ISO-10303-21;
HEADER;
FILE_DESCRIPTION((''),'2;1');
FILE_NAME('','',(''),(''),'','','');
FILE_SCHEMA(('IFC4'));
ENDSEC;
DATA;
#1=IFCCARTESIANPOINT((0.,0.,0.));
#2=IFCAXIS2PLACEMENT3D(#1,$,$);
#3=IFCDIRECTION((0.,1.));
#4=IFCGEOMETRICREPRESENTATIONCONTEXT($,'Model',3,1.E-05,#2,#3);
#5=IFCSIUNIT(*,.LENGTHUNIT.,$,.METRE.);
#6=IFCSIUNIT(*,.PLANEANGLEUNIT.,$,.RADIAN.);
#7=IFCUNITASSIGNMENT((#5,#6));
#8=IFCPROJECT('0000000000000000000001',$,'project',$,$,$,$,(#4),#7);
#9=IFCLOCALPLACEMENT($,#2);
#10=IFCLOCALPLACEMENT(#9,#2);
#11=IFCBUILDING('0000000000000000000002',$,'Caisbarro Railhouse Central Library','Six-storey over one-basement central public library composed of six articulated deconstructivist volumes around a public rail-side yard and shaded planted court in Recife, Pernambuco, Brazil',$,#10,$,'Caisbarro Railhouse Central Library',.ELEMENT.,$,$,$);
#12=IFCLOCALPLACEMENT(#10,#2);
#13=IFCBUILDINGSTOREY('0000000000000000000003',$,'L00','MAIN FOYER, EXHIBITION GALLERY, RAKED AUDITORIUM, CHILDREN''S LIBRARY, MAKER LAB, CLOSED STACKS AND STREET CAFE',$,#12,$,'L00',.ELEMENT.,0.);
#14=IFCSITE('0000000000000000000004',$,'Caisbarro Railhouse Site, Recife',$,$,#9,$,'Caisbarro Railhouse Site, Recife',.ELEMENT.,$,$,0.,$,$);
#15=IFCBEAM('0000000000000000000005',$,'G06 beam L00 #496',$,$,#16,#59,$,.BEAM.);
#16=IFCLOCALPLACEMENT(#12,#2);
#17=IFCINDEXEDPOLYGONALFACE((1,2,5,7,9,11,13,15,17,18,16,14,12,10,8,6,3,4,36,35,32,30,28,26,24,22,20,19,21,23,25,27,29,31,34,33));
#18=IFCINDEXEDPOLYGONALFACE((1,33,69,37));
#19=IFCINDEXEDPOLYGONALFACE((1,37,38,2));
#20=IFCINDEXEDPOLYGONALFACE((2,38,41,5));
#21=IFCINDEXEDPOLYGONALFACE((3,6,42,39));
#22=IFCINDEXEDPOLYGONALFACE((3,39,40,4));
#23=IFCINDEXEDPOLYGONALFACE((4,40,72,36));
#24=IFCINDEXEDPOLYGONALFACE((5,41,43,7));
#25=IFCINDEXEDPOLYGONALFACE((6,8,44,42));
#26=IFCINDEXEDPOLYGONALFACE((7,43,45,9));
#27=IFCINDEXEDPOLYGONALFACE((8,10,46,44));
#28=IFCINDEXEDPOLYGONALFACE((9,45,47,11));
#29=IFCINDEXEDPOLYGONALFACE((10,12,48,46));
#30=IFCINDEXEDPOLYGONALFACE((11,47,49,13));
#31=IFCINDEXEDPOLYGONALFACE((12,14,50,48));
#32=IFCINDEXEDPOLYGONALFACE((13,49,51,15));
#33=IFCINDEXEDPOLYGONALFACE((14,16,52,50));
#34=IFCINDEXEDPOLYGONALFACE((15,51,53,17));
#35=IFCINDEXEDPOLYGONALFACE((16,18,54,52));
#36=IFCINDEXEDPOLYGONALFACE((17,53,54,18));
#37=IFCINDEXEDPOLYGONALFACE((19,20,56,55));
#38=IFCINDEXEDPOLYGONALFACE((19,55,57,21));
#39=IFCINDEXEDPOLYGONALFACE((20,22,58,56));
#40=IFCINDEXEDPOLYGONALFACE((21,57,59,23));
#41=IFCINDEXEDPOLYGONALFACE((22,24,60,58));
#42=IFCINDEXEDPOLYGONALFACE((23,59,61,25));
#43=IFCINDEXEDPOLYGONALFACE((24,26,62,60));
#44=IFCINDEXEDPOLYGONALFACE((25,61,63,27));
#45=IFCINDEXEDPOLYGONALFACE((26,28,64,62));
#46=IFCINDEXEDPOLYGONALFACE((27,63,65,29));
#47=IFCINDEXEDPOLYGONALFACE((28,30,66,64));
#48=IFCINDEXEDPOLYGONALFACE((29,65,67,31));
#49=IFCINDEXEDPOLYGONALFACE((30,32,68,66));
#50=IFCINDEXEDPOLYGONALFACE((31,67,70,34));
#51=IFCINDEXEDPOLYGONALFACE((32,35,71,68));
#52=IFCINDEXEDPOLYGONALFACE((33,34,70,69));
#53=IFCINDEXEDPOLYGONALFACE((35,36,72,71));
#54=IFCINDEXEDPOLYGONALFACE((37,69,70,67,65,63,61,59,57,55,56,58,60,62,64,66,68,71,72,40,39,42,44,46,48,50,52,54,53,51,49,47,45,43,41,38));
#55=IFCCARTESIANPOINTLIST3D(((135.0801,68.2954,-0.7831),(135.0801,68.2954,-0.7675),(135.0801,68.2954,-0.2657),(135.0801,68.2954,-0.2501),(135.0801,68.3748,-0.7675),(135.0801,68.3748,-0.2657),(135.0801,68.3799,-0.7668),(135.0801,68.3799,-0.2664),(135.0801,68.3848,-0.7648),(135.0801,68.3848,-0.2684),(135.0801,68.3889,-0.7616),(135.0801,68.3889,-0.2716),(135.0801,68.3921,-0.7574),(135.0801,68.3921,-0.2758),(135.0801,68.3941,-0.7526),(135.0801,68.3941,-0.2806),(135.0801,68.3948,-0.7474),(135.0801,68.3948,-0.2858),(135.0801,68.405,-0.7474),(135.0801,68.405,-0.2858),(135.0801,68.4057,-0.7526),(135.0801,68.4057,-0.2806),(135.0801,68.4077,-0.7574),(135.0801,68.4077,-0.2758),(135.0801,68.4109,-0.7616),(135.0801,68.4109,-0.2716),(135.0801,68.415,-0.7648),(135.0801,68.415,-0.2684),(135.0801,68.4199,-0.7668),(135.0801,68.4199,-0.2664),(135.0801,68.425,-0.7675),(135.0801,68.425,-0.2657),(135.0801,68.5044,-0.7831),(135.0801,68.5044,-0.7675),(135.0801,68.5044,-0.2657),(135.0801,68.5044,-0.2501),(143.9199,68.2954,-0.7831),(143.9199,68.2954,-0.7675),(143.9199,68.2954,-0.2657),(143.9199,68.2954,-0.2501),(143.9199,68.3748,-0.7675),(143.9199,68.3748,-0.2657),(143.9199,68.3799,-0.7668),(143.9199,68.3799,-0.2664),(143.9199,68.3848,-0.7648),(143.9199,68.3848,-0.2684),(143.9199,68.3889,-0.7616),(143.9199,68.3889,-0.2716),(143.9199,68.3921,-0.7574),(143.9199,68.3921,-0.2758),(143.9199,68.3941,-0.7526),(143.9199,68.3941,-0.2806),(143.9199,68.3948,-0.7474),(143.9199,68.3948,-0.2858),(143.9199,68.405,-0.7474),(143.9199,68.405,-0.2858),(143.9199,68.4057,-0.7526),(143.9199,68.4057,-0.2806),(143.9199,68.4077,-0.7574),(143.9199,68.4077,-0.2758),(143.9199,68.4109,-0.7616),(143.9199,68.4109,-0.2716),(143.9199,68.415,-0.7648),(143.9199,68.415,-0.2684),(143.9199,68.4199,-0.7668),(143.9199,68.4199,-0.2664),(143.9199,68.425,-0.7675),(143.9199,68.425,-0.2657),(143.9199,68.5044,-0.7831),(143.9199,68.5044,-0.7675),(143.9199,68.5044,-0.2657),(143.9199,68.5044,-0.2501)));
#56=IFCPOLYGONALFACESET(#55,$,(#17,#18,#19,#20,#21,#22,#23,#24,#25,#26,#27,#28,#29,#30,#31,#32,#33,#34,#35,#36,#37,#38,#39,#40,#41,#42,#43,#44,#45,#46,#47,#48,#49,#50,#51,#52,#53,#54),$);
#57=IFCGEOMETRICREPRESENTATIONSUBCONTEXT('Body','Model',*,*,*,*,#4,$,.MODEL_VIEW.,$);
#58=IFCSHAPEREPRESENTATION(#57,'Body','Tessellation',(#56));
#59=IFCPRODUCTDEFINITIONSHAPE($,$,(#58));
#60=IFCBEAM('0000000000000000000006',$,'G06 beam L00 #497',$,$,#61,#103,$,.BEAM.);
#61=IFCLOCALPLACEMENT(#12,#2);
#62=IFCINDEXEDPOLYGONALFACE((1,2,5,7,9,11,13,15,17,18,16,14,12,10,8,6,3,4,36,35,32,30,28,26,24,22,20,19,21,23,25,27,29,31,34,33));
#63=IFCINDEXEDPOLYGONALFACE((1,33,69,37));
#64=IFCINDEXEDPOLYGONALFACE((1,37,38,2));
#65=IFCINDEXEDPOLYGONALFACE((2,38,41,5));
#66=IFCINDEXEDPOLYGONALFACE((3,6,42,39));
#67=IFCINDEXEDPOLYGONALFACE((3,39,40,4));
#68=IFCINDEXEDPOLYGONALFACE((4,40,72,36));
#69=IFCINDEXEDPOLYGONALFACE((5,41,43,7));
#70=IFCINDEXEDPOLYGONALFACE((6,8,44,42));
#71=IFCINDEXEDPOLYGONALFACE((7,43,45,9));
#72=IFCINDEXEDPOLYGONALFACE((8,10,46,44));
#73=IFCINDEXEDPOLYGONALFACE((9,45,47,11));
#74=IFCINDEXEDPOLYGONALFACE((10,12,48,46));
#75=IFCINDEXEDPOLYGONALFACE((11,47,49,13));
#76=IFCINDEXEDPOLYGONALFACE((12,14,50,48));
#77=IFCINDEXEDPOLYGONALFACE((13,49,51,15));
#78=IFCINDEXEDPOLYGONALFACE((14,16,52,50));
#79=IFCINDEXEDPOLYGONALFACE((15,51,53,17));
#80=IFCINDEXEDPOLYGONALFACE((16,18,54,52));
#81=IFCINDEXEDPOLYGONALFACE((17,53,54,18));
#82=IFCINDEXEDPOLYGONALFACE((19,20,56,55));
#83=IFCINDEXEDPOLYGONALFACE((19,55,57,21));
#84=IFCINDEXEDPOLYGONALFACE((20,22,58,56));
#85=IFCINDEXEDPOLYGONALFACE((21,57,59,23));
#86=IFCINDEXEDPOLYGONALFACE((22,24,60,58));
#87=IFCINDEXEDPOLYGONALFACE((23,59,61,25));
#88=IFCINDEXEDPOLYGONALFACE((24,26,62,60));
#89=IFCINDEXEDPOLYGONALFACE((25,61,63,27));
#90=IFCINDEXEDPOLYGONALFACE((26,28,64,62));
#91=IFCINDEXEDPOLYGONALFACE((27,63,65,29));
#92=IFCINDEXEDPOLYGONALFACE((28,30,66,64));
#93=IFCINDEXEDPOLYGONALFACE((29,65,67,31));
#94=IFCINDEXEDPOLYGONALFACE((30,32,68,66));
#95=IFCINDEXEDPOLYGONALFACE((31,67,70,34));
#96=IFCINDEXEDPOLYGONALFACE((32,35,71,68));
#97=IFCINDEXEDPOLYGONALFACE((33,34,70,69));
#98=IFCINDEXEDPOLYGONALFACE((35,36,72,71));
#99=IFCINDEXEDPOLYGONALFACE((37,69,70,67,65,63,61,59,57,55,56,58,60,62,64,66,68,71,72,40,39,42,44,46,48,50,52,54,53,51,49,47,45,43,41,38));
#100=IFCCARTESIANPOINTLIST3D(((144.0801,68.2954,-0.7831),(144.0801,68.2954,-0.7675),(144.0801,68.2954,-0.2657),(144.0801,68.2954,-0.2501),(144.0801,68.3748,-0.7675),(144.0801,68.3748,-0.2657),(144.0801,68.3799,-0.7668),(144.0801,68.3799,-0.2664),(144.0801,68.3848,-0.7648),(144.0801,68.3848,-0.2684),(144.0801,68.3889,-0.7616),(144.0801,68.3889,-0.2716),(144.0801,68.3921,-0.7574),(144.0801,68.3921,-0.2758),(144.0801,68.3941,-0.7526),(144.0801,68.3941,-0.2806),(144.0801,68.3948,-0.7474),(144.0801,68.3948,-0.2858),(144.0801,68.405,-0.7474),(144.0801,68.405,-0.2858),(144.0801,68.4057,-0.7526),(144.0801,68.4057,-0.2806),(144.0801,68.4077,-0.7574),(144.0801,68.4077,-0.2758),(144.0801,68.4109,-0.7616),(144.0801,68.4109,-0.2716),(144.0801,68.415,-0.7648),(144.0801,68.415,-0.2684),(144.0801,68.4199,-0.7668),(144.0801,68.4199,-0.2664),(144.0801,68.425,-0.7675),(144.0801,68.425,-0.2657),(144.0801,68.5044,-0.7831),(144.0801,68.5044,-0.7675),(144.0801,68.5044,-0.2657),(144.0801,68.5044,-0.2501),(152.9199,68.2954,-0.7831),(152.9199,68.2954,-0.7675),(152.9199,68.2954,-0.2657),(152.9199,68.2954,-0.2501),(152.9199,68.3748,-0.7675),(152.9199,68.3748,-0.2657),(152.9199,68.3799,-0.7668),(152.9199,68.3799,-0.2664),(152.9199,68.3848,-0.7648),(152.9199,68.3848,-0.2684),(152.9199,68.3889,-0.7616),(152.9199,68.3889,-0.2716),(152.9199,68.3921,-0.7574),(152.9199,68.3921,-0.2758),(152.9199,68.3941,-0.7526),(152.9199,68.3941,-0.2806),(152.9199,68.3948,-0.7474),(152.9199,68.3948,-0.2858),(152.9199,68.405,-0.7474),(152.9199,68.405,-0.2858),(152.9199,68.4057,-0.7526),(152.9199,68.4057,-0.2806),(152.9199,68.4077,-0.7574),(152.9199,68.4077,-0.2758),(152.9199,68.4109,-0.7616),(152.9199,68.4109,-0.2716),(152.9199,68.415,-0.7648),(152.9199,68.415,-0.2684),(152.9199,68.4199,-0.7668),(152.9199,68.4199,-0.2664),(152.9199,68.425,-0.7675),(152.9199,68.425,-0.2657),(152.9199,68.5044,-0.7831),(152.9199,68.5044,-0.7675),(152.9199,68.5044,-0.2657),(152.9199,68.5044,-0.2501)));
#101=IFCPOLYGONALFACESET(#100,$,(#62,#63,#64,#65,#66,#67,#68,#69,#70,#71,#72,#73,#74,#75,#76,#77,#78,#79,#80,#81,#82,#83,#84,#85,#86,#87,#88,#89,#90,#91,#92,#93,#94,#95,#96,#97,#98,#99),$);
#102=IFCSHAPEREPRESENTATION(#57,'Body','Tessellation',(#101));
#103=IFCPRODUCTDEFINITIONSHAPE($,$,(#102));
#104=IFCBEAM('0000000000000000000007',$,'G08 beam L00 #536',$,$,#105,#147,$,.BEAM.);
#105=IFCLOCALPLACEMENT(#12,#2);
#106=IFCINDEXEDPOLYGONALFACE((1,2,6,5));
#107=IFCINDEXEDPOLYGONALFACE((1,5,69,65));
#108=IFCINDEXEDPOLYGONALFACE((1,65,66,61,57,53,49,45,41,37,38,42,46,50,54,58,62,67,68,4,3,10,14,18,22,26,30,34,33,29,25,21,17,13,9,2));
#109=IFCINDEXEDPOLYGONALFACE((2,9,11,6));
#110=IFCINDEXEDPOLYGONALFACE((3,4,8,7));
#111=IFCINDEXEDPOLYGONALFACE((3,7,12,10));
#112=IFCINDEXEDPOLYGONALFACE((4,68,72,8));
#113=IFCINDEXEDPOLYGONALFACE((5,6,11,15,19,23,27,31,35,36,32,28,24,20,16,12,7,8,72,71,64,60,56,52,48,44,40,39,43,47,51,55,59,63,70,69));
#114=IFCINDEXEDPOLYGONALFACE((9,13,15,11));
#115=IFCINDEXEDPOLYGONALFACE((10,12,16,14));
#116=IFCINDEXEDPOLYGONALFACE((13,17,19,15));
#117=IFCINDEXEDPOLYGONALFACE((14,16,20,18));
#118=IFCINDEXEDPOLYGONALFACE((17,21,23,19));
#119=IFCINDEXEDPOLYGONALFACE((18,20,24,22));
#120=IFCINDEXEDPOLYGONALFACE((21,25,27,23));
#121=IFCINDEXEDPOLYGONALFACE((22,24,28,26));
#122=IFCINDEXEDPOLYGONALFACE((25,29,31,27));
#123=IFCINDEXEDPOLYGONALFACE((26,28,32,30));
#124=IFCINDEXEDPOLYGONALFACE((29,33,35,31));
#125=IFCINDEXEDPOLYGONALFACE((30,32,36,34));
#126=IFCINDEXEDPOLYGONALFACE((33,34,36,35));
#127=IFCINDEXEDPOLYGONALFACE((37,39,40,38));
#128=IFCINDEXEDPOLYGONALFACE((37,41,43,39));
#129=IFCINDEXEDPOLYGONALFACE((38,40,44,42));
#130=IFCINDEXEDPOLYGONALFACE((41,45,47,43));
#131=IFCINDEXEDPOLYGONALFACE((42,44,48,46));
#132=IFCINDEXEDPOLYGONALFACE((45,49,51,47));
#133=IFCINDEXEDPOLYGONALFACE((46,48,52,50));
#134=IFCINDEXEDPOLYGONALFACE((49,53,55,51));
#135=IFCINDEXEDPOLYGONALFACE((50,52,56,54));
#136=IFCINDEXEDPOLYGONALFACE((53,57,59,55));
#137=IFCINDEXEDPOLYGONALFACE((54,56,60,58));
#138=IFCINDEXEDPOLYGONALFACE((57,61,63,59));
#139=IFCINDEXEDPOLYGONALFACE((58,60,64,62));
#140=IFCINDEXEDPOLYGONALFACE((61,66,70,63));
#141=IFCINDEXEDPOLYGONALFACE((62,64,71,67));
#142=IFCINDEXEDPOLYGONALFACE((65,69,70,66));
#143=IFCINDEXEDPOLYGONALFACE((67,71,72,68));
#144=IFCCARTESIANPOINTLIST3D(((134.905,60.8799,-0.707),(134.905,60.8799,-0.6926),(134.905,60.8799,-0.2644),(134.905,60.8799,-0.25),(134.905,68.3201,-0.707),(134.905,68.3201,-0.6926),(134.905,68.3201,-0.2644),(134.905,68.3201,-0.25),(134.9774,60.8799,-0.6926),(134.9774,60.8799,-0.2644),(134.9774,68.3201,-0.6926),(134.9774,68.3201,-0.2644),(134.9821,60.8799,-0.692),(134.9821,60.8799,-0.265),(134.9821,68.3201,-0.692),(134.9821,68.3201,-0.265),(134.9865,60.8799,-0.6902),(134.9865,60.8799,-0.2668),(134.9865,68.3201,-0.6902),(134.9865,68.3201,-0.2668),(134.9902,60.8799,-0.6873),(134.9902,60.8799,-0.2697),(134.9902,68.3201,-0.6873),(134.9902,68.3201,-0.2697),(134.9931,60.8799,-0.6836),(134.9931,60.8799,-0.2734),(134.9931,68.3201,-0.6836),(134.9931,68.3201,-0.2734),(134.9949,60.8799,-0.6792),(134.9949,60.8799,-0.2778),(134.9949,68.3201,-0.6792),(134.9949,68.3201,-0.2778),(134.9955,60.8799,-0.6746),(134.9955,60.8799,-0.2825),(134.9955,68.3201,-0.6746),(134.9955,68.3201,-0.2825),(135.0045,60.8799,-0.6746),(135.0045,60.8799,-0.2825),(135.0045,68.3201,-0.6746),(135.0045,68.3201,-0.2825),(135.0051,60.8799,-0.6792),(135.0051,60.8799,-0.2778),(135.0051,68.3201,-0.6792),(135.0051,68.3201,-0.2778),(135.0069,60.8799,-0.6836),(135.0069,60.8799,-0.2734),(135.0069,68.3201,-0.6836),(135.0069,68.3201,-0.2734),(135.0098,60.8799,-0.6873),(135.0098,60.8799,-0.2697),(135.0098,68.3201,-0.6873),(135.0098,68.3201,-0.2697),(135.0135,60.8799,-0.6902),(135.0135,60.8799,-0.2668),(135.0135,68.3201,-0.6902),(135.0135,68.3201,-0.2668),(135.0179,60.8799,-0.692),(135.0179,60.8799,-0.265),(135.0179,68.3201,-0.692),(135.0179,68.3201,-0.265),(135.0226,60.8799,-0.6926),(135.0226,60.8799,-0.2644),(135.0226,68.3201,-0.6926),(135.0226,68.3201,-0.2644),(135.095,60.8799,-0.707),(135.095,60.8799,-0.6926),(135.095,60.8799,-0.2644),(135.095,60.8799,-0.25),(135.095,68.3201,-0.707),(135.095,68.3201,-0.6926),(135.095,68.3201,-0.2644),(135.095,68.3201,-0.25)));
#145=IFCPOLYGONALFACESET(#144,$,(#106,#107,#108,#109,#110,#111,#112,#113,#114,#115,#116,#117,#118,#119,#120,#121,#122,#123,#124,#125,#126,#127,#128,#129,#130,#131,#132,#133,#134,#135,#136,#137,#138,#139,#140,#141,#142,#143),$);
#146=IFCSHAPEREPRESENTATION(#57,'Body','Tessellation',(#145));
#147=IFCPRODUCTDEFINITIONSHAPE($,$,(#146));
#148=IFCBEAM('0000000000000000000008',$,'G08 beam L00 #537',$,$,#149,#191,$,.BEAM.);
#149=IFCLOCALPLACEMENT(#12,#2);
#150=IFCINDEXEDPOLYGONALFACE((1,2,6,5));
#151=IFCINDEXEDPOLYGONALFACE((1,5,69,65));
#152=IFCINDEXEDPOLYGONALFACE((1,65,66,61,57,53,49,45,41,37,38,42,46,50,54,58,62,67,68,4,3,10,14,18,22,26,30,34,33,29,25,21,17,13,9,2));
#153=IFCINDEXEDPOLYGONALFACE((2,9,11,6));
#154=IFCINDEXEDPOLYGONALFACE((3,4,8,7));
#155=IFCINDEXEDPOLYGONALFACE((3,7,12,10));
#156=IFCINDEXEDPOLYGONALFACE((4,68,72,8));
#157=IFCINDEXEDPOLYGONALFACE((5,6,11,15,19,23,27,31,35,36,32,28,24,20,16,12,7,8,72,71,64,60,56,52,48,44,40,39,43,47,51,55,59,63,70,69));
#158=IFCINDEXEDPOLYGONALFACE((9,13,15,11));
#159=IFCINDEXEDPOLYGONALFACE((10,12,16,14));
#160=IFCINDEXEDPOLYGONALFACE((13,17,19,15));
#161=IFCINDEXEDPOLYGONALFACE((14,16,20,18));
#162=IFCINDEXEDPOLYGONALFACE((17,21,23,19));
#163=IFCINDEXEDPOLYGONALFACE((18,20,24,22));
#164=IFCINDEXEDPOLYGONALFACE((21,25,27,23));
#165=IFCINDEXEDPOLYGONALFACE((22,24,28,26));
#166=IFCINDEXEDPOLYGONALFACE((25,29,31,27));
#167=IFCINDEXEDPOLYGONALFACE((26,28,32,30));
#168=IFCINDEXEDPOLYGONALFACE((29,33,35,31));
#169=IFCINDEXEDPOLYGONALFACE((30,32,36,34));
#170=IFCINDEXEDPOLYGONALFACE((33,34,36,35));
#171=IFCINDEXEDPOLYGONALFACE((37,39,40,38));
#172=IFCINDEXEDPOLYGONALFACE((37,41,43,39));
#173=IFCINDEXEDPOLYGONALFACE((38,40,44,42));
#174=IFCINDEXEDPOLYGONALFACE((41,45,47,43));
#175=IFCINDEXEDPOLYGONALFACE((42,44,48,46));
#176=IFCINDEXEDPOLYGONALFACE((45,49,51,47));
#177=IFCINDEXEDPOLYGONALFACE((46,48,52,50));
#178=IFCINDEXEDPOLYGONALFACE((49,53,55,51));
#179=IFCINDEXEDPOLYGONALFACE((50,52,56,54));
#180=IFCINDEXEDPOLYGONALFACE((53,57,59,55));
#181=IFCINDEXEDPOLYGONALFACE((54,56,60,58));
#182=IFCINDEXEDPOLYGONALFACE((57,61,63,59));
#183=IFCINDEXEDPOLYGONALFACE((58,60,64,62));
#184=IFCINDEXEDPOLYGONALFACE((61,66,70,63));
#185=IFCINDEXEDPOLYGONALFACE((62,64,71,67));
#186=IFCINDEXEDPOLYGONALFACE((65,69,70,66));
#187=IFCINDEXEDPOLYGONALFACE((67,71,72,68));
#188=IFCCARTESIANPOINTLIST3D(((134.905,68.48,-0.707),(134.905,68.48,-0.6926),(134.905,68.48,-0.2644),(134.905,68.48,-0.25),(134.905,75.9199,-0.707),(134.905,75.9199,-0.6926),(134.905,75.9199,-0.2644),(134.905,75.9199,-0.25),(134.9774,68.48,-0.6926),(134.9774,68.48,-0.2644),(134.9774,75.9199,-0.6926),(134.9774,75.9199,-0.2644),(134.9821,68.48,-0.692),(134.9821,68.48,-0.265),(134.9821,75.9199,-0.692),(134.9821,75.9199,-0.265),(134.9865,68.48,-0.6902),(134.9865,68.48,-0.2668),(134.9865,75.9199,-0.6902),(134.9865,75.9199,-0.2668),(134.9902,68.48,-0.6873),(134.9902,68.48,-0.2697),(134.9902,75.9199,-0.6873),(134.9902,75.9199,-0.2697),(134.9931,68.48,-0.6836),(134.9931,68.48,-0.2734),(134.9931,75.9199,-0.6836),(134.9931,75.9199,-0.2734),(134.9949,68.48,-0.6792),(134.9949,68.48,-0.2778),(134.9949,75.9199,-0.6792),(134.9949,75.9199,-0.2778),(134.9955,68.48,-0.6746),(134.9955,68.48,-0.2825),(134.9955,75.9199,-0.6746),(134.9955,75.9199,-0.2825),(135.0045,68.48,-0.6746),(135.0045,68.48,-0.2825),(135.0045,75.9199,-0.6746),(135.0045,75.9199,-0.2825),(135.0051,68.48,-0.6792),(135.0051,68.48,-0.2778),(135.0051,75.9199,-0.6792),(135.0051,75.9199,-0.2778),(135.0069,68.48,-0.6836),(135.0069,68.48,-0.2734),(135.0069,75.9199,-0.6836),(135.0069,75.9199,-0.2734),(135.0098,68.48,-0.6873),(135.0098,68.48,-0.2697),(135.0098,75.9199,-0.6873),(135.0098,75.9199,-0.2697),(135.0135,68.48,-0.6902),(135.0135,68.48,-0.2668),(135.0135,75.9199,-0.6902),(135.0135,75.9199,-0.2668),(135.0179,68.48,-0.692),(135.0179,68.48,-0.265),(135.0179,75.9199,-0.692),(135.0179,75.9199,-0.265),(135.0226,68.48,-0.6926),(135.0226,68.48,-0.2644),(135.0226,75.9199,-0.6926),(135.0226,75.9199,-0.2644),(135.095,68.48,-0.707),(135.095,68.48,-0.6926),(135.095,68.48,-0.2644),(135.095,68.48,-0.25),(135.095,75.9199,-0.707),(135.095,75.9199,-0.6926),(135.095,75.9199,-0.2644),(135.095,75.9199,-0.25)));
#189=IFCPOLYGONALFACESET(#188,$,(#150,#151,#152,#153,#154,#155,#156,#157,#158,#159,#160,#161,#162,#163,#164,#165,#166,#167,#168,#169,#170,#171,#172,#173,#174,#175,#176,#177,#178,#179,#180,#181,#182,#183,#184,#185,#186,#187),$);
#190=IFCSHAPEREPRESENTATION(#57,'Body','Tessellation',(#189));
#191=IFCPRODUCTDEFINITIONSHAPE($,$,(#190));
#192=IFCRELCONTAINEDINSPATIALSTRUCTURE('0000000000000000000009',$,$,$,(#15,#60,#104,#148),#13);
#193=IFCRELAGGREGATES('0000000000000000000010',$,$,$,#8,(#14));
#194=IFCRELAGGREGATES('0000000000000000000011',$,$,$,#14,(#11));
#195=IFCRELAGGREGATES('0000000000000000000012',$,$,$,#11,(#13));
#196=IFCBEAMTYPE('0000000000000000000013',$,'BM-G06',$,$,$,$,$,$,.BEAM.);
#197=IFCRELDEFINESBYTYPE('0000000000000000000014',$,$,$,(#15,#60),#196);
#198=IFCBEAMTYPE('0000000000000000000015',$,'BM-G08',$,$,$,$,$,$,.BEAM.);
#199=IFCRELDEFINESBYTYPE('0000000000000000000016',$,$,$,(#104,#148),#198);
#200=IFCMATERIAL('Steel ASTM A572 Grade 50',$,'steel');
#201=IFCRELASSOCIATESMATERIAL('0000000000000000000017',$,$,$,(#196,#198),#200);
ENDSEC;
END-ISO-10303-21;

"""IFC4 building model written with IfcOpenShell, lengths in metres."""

from ifc_helpers import new_model, si_unit, direction, frame, origin, origin_2d, place, context, subcontext, project, spatial, i_section, extrude, material, material_profile, profile_set, type_object, element, save


model = new_model("IFC4")

# Units and contexts
model_context = context("Model", 3, precision=1e-05, world=origin(), true_north=direction((0.0, 1.0)))
body_context = subcontext(model_context, "Body", "Model", "MODEL_VIEW")
ifc_project = project(units=[si_unit("LENGTHUNIT", "METRE"), si_unit("PLANEANGLEUNIT", "RADIAN")], contexts=[model_context])

# Site, building, storey
site_placement = place(None, origin())
site = spatial("IfcSite", under=ifc_project, at=site_placement, Name="Caisbarro Railhouse Site, Recife", LongName="Caisbarro Railhouse Site, Recife", CompositionType="ELEMENT", RefElevation=0.0)
building_placement = place(site_placement, origin())
building = spatial("IfcBuilding", under=site, at=building_placement, Name="Caisbarro Railhouse Central Library", Description="Six-storey over one-basement central public library composed of six articulated deconstructivist volumes around a public rail-side yard and shaded planted court in Recife, Pernambuco, Brazil", LongName="Caisbarro Railhouse Central Library", CompositionType="ELEMENT")
storey_placement = place(building_placement, origin())
storey = spatial("IfcBuildingStorey", under=building, at=storey_placement, Name="L00", Description="MAIN FOYER, EXHIBITION GALLERY, RAKED AUDITORIUM, CHILDREN'S LIBRARY, MAKER LAB, CLOSED STACKS AND STREET CAFE", LongName="L00", CompositionType="ELEMENT", Elevation=0.0)

# Shared definitions
ifc_material_1 = material(Name="Steel ASTM A572 Grade 50", Category="steel")

# Beams
ifc_material_profile_1 = material_profile(ifc_material_1, i_section(OverallWidth=0.209, OverallDepth=0.533, WebThickness=0.0103, FlangeThickness=0.0156, FilletRadius=0.02, at=origin_2d()), Name="W530X92.0")
ifc_profile_set_1 = profile_set([ifc_material_profile_1], Name="Steel ASTM A572 Grade 50")
beam_type_1 = type_object("IfcBeamType", Name="BM-G06", PredefinedType="BEAM", material=ifc_profile_set_1)
for number, where, z_axis, x_axis, name in (
    (1, (135.0801, 68.3999, -0.5166), (1.0, 0.0, 0.0), (0.0, 1.0, 0.0), "G06 beam L00 #496"),
    (2, (144.0801, 68.3999, -0.5166), (1.0, 0.0, 0.0), (0.0, 1.0, 0.0), "G06 beam L00 #497"),
):
    element("IfcBeam", number, at=place(storey_placement, frame(where, z_axis=z_axis, x_axis=x_axis)), inside=storey, type_object=beam_type_1, Name=name, PredefinedType="BEAM", context=body_context, shape_type="SweptSolid", body=[
        extrude(i_section(OverallWidth=0.209, OverallDepth=0.533, WebThickness=0.0103, FlangeThickness=0.0156, FilletRadius=0.02, at=origin_2d()), origin(), (0.0, 0.0, 1.0), 8.8398),
    ])
ifc_material_profile_2 = material_profile(ifc_material_1, i_section(OverallWidth=0.1899, OverallDepth=0.457, WebThickness=0.009, FlangeThickness=0.0144, FilletRadius=0.0181, at=origin_2d()), Name="W460X74.0")
ifc_profile_set_2 = profile_set([ifc_material_profile_2], Name="Steel ASTM A572 Grade 50")
beam_type_2 = type_object("IfcBeamType", Name="BM-G08", PredefinedType="BEAM", material=ifc_profile_set_2)
beam_1_placement = place(storey_placement, frame((135.0, 60.8799, -0.4785), z_axis=(0.0, 1.0, 0.0), x_axis=(-1.0, 0.0, 0.0)))
element("IfcBeam", 3, at=beam_1_placement, inside=storey, type_object=beam_type_2, Name="G08 beam L00 #536", PredefinedType="BEAM", context=body_context, shape_type="SweptSolid", body=[
    extrude(i_section(OverallWidth=0.1899, OverallDepth=0.457, WebThickness=0.009, FlangeThickness=0.0144, FilletRadius=0.0181, at=origin_2d()), origin(), (0.0, 0.0, 1.0), 7.4402),
])
beam_2_placement = place(storey_placement, frame((135.0, 68.48, -0.4785), z_axis=(0.0, 1.0, 0.0), x_axis=(-1.0, 0.0, 0.0)))
element("IfcBeam", 4, at=beam_2_placement, inside=storey, type_object=beam_type_2, Name="G08 beam L00 #537", PredefinedType="BEAM", context=body_context, shape_type="SweptSolid", body=[
    extrude(i_section(OverallWidth=0.1899, OverallDepth=0.457, WebThickness=0.009, FlangeThickness=0.0144, FilletRadius=0.0181, at=origin_2d()), origin(), (0.0, 0.0, 1.0), 7.4399),
])

save(model, "model.ifc")
